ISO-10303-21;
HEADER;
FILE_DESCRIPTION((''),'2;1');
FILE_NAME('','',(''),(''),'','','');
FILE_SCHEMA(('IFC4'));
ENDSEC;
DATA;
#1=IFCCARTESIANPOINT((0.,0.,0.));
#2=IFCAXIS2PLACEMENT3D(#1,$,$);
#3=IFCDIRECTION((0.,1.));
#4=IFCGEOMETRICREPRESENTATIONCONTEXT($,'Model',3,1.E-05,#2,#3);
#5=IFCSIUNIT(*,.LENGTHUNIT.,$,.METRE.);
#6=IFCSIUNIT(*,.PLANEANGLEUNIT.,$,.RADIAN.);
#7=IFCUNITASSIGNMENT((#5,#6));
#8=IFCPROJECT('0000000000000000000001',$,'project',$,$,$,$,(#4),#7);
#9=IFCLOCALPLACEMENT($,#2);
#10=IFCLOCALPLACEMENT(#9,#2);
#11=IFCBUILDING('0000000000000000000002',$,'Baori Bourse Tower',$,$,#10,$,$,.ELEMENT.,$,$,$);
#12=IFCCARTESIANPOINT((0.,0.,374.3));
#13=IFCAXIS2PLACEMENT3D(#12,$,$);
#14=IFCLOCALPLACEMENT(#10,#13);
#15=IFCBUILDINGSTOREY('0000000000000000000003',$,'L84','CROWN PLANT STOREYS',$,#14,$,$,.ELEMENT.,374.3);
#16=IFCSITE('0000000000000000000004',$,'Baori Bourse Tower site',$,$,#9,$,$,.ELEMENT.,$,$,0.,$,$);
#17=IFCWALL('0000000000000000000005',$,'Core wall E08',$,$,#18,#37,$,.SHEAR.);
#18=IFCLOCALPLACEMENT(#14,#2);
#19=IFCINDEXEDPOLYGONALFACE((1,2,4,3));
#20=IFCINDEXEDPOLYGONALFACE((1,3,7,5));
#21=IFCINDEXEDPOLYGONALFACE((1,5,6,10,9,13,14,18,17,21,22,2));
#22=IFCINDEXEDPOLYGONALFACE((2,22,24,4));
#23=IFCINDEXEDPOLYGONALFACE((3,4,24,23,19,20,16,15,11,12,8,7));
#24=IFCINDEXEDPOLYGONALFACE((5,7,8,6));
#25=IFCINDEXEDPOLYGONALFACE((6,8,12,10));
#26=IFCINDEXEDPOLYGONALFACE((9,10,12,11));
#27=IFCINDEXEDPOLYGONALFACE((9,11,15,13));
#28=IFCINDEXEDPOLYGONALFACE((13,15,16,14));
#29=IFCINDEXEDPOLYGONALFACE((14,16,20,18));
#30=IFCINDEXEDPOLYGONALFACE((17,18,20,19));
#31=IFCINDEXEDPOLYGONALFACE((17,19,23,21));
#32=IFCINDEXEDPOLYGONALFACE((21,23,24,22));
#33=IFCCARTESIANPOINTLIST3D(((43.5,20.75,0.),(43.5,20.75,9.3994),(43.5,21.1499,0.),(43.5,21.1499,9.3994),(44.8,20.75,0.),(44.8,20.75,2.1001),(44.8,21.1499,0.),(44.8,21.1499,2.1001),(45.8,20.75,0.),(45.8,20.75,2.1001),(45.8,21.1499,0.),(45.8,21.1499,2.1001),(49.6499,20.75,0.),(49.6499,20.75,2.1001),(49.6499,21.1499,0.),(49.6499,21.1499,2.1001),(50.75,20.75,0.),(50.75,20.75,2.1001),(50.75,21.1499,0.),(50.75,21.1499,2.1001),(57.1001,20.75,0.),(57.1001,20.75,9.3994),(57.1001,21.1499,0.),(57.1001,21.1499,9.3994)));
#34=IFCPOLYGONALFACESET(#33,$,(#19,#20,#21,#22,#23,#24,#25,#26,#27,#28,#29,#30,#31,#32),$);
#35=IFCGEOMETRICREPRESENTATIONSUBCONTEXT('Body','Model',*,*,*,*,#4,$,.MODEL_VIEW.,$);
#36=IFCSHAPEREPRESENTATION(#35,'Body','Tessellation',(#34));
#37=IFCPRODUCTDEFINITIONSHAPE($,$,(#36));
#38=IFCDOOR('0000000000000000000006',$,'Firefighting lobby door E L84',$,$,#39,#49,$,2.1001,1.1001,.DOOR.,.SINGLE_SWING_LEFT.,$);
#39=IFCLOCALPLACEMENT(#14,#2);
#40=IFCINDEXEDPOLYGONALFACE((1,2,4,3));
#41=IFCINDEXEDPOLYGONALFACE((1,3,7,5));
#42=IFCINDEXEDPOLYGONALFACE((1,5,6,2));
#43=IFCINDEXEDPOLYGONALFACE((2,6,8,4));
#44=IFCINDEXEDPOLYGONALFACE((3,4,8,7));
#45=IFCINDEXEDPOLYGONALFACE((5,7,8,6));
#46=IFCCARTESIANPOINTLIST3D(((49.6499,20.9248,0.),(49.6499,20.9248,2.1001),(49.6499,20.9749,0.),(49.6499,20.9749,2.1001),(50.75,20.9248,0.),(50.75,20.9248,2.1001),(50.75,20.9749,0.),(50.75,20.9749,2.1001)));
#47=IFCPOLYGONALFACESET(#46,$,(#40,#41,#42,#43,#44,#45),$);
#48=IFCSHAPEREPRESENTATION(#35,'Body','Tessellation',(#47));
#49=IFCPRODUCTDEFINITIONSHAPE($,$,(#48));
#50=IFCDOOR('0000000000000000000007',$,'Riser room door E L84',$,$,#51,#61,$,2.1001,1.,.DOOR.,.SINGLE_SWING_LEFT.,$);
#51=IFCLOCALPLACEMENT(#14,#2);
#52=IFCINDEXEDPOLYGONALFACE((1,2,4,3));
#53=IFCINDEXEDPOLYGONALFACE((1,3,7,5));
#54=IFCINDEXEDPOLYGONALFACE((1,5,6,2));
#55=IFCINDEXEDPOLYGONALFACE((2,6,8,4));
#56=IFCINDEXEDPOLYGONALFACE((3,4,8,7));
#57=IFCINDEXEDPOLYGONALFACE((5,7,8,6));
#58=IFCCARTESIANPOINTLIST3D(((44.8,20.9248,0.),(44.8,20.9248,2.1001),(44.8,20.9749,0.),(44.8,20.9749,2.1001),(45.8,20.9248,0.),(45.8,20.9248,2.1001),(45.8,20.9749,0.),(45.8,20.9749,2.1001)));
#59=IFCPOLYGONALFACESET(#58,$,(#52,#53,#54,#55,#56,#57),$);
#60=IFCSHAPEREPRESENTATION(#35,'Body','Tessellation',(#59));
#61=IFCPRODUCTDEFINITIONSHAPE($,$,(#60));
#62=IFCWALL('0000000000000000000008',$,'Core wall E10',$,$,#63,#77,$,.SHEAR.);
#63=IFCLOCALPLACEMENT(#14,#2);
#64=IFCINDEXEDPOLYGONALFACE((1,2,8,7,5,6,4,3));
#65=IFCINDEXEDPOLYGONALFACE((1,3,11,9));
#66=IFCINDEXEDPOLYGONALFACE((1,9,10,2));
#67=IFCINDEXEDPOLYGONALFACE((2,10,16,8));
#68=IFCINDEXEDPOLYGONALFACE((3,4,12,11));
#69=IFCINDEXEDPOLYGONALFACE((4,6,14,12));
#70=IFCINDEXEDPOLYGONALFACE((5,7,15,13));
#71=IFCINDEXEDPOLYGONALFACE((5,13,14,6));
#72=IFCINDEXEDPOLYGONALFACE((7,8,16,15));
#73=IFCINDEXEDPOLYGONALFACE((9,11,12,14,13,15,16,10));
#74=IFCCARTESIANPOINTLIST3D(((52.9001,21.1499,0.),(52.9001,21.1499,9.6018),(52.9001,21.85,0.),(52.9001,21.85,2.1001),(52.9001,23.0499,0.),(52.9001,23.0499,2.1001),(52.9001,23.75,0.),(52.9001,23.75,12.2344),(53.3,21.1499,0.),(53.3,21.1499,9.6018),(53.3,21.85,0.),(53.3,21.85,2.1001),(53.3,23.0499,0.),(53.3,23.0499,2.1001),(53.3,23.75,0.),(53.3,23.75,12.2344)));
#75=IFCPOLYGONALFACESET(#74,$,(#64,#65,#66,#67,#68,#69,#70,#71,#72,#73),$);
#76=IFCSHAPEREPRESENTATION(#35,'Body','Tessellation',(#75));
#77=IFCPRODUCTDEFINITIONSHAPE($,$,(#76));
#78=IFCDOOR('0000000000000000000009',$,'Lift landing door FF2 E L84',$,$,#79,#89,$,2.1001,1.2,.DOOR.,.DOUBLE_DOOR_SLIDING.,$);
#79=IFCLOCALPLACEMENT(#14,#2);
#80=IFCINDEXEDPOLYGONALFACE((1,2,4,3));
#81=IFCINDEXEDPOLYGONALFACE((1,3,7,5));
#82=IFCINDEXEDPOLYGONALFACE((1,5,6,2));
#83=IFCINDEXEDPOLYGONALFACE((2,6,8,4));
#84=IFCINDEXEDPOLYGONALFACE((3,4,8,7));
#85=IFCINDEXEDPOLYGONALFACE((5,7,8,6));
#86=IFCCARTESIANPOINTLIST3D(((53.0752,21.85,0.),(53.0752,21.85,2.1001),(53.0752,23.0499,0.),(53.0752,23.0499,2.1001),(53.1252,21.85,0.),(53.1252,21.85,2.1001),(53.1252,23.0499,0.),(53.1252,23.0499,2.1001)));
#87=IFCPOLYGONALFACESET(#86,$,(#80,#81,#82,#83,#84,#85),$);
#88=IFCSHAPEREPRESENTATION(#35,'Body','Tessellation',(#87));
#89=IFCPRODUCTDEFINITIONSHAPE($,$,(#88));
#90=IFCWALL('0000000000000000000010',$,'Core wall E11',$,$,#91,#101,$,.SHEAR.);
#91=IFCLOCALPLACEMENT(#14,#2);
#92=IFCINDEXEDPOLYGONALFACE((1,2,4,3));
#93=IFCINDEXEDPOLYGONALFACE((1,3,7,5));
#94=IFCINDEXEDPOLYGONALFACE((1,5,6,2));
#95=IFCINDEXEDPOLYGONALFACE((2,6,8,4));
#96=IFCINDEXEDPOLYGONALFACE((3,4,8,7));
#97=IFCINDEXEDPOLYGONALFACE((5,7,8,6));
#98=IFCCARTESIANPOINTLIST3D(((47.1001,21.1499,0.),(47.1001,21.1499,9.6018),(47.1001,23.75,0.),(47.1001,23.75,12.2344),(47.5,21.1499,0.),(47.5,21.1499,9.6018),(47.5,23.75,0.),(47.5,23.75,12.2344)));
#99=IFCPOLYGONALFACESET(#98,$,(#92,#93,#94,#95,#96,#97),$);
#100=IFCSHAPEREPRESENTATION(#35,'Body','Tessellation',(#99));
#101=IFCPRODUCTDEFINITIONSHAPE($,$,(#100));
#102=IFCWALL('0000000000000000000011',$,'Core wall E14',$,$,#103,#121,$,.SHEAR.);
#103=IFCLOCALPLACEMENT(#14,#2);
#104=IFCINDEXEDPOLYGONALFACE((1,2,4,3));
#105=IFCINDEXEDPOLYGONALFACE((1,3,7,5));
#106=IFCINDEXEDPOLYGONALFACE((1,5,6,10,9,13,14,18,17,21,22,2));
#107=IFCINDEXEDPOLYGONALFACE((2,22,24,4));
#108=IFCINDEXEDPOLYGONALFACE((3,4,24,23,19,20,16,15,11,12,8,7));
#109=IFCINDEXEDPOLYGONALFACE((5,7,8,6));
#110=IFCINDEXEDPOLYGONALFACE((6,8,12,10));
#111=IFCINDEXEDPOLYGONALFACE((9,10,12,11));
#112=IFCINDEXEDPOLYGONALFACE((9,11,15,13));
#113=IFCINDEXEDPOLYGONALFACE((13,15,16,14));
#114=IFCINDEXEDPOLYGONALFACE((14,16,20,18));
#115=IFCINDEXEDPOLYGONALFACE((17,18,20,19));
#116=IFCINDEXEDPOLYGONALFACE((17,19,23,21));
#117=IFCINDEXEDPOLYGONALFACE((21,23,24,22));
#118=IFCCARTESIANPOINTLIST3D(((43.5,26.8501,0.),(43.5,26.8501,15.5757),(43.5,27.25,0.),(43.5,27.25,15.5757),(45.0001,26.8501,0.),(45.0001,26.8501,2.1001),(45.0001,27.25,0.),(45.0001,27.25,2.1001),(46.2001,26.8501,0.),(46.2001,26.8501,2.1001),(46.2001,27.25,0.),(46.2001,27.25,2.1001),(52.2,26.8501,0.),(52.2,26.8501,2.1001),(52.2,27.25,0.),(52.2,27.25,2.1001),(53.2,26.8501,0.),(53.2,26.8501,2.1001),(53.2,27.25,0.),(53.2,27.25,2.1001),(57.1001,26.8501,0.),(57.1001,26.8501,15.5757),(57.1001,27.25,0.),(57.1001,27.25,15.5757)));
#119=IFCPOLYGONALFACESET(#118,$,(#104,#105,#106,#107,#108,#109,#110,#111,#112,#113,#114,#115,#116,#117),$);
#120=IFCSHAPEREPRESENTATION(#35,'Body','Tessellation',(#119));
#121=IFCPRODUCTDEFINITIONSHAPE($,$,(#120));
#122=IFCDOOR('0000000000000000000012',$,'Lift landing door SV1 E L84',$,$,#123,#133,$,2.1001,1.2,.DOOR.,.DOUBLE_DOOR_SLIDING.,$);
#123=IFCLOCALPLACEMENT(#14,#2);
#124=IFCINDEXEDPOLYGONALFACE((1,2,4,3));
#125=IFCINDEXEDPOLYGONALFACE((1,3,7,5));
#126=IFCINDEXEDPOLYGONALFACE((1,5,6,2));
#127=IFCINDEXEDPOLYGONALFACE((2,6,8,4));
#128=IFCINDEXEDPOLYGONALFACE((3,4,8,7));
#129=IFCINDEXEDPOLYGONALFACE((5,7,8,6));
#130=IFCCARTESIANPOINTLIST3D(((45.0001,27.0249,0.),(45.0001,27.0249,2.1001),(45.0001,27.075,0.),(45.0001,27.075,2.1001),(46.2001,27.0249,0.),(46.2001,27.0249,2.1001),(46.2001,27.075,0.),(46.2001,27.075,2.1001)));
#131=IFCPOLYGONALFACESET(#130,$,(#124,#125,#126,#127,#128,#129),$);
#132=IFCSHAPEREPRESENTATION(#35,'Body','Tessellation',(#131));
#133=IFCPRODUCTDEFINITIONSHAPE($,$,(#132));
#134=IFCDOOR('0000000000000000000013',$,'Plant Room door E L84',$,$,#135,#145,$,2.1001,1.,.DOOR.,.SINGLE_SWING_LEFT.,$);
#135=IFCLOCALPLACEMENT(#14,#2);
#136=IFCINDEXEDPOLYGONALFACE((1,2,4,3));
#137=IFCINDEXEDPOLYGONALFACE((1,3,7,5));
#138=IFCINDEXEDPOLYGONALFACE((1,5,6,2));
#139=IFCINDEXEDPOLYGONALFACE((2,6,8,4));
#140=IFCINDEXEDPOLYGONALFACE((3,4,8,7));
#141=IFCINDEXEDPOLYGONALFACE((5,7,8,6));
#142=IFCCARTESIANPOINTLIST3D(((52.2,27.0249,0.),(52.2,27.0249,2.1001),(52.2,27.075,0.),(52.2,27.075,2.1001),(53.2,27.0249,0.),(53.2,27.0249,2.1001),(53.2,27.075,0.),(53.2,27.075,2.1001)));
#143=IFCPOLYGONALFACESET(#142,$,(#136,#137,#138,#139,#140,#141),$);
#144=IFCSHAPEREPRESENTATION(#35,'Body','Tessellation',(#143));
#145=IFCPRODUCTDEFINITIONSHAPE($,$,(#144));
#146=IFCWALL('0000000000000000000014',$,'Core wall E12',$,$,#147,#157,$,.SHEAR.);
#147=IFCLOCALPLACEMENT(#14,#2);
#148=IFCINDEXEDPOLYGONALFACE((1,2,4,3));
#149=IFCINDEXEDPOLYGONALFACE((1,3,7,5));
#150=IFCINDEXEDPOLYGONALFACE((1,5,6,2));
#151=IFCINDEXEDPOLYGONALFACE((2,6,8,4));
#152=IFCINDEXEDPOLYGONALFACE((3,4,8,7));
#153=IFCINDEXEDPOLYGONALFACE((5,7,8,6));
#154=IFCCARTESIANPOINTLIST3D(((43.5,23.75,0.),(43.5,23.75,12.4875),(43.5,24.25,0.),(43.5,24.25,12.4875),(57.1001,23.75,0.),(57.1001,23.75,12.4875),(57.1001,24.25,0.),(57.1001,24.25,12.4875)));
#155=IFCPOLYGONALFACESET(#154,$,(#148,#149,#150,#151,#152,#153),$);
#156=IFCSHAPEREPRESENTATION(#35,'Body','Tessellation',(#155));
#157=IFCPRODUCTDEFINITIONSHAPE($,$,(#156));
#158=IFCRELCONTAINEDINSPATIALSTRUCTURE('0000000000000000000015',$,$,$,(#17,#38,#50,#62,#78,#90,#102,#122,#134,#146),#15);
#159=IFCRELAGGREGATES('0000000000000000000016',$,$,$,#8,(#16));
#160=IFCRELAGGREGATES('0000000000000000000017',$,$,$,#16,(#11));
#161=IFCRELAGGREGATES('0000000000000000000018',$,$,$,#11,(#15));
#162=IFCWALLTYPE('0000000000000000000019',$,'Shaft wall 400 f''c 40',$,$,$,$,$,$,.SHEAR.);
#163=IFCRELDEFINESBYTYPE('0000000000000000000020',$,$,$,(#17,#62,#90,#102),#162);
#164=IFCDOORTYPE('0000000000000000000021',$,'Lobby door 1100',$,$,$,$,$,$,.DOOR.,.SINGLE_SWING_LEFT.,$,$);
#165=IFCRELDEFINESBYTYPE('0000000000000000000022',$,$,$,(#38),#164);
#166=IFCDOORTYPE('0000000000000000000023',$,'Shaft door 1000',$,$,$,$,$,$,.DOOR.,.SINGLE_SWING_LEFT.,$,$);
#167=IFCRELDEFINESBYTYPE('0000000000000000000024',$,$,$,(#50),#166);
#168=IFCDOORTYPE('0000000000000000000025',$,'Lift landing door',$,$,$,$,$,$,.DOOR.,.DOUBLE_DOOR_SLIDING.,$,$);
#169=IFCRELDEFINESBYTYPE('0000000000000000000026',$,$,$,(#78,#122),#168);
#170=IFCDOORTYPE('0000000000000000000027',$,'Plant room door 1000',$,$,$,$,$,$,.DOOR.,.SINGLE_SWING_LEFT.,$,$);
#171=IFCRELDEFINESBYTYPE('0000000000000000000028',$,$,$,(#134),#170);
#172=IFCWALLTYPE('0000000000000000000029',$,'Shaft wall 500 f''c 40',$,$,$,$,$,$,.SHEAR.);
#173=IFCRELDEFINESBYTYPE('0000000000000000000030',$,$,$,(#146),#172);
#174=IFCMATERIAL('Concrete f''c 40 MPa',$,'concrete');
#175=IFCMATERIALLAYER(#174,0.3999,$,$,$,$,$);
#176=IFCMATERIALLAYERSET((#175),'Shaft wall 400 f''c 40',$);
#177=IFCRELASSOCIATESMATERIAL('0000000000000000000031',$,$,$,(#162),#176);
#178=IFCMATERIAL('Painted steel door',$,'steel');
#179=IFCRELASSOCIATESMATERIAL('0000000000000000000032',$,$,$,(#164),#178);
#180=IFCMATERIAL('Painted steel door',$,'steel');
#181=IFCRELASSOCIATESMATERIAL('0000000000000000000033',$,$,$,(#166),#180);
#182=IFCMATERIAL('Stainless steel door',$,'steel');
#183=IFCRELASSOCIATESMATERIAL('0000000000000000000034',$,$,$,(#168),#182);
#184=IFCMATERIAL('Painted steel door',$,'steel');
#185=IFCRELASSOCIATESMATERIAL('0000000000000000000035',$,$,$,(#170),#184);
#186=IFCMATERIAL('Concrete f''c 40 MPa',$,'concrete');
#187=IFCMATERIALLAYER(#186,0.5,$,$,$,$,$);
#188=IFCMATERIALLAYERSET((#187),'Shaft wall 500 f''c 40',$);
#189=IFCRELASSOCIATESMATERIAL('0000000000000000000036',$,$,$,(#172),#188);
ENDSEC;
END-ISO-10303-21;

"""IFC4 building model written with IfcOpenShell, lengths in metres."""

from ifc_helpers import new_model, si_unit, direction, frame, frame_2d, origin, place, context, subcontext, project, spatial, polyline, rectangle, outline, extrude, material, layer, layer_set, type_object, element, fill, save


model = new_model("IFC4")

# Units and contexts
model_context = context("Model", 3, precision=1e-05, world=origin(), true_north=direction((0.0, 1.0)))
body_context = subcontext(model_context, "Body", "Model", "MODEL_VIEW")
ifc_project = project(units=[si_unit("LENGTHUNIT", "METRE"), si_unit("PLANEANGLEUNIT", "RADIAN")], contexts=[model_context])

# Site, building, storey
site_placement = place(None, origin())
site = spatial("IfcSite", under=ifc_project, at=site_placement, Name="Baori Bourse Tower site", CompositionType="ELEMENT", RefElevation=0.0)
building_placement = place(site_placement, origin())
building = spatial("IfcBuilding", under=site, at=building_placement, Name="Baori Bourse Tower", CompositionType="ELEMENT")
storey_placement = place(building_placement, frame((0.0, 0.0, 374.3)))
storey = spatial("IfcBuildingStorey", under=building, at=storey_placement, Name="L84", Description="CROWN PLANT STOREYS", CompositionType="ELEMENT", Elevation=374.3)

# Wall, openings, doors
ifc_material_1 = material(Name="Concrete f'c 40 MPa", Category="concrete")
ifc_layer_1 = layer(ifc_material_1, 0.3999)
ifc_layer_set_1 = layer_set([ifc_layer_1], Name="Shaft wall 400 f'c 40")
wall_type_1 = type_object("IfcWallType", Name="Shaft wall 400 f'c 40", PredefinedType="SHEAR", material=ifc_layer_set_1)
wall_1_placement = place(storey_placement, frame((43.5, 20.95, 0.0), z_axis=(0.0, 0.0, 1.0), x_axis=(1.0, 0.0, 0.0)))
wall_1 = element("IfcWall", 1, at=wall_1_placement, inside=storey, type_object=wall_type_1, Name="Core wall E08", PredefinedType="SHEAR", context=body_context, shape_type="SweptSolid", body=[
    extrude(outline(polyline([(0.0, 0.0), (13.6001, 0.0), (13.6001, 9.3994), (0.0, 9.3994), (0.0, 0.0)])), frame((0.0, 0.2, 0.0), z_axis=(0.0, -1.0, 0.0), x_axis=(1.0, 0.0, 0.0)), (0.0, 0.0, 1.0), 0.3999),
])
opening_1_placement = place(wall_1_placement, frame((6.1499, 0.0, 0.0)))
opening_1 = element("IfcOpeningElement", 2, at=opening_1_placement, cuts=wall_1, PredefinedType="OPENING", context=body_context, shape_type="SweptSolid", body=[
    extrude(rectangle(XDim=1.1001, YDim=2.1001, at=frame_2d((0.55, 1.05))), frame((0.0, 0.21, 0.0), z_axis=(0.0, -1.0, 0.0), x_axis=(1.0, 0.0, 0.0)), (0.0, 0.0, 1.0), 0.4199),
])
opening_2_placement = place(wall_1_placement, frame((1.3, 0.0, 0.0)))
opening_2 = element("IfcOpeningElement", 3, at=opening_2_placement, cuts=wall_1, PredefinedType="OPENING", context=body_context, shape_type="SweptSolid", body=[
    extrude(rectangle(XDim=1.0, YDim=2.1001, at=frame_2d((0.5, 1.05))), frame((0.0, 0.21, 0.0), z_axis=(0.0, -1.0, 0.0), x_axis=(1.0, 0.0, 0.0)), (0.0, 0.0, 1.0), 0.4199),
])
ifc_material_2 = material(Name="Painted steel door", Category="steel")
door_type_1 = type_object("IfcDoorType", Name="Lobby door 1100", OperationType="SINGLE_SWING_LEFT", PredefinedType="DOOR", material=ifc_material_2)
door_1_placement = place(opening_1_placement, origin())
door_1 = element("IfcDoor", 4, at=door_1_placement, inside=storey, type_object=door_type_1, Name="Firefighting lobby door E L84", OperationType="SINGLE_SWING_LEFT", OverallHeight=2.1001, OverallWidth=1.1001, PredefinedType="DOOR", context=body_context, shape_type="SweptSolid", body=[
    extrude(rectangle(XDim=1.1001, YDim=2.1001, at=frame_2d((0.55, 1.05))), frame((0.0, 0.0249, 0.0), z_axis=(0.0, -1.0, 0.0), x_axis=(1.0, 0.0, 0.0)), (0.0, 0.0, 1.0), 0.05),
])
fill(opening_1, door_1)
ifc_material_3 = material(Name="Painted steel door", Category="steel")
door_type_2 = type_object("IfcDoorType", Name="Shaft door 1000", OperationType="SINGLE_SWING_LEFT", PredefinedType="DOOR", material=ifc_material_3)
door_2_placement = place(opening_2_placement, origin())
door_2 = element("IfcDoor", 5, at=door_2_placement, inside=storey, type_object=door_type_2, Name="Riser room door E L84", OperationType="SINGLE_SWING_LEFT", OverallHeight=2.1001, OverallWidth=1.0, PredefinedType="DOOR", context=body_context, shape_type="SweptSolid", body=[
    extrude(rectangle(XDim=1.0, YDim=2.1001, at=frame_2d((0.5, 1.05))), frame((0.0, 0.0249, 0.0), z_axis=(0.0, -1.0, 0.0), x_axis=(1.0, 0.0, 0.0)), (0.0, 0.0, 1.0), 0.05),
])
fill(opening_2, door_2)

# Wall, opening, door
wall_2_placement = place(storey_placement, frame((53.1001, 21.1499, 0.0), z_axis=(0.0, 0.0, 1.0), x_axis=(0.0, 1.0, 0.0)))
wall_2 = element("IfcWall", 6, at=wall_2_placement, inside=storey, type_object=wall_type_1, Name="Core wall E10", PredefinedType="SHEAR", context=body_context, shape_type="SweptSolid", body=[
    extrude(outline(polyline([(0.0, 0.0), (2.6001, 0.0), (2.6001, 12.2344), (0.0, 9.6018), (0.0, 0.0)])), frame((0.0, 0.2, 0.0), z_axis=(0.0, -1.0, 0.0), x_axis=(1.0, 0.0, 0.0)), (0.0, 0.0, 1.0), 0.3999),
])
opening_3_placement = place(wall_2_placement, frame((0.7, 0.0, 0.0)))
opening_3 = element("IfcOpeningElement", 7, at=opening_3_placement, cuts=wall_2, PredefinedType="OPENING", context=body_context, shape_type="SweptSolid", body=[
    extrude(rectangle(XDim=1.2, YDim=2.1001, at=frame_2d((0.6001, 1.05))), frame((0.0, 0.21, 0.0), z_axis=(0.0, -1.0, 0.0), x_axis=(1.0, 0.0, 0.0)), (0.0, 0.0, 1.0), 0.4199),
])
ifc_material_4 = material(Name="Stainless steel door", Category="steel")
door_type_3 = type_object("IfcDoorType", Name="Lift landing door", OperationType="DOUBLE_DOOR_SLIDING", PredefinedType="DOOR", material=ifc_material_4)
door_3_placement = place(opening_3_placement, origin())
door_3 = element("IfcDoor", 8, at=door_3_placement, inside=storey, type_object=door_type_3, Name="Lift landing door FF2 E L84", OperationType="DOUBLE_DOOR_SLIDING", OverallHeight=2.1001, OverallWidth=1.2, PredefinedType="DOOR", context=body_context, shape_type="SweptSolid", body=[
    extrude(rectangle(XDim=1.2, YDim=2.1001, at=frame_2d((0.6001, 1.05))), frame((0.0, 0.0249, 0.0), z_axis=(0.0, -1.0, 0.0), x_axis=(1.0, 0.0, 0.0)), (0.0, 0.0, 1.0), 0.05),
])
fill(opening_3, door_3)

# Wall
wall_3_placement = place(storey_placement, frame((47.3, 21.1499, 0.0), z_axis=(0.0, 0.0, 1.0), x_axis=(0.0, 1.0, 0.0)))
element("IfcWall", 9, at=wall_3_placement, inside=storey, type_object=wall_type_1, Name="Core wall E11", PredefinedType="SHEAR", context=body_context, shape_type="SweptSolid", body=[
    extrude(outline(polyline([(0.0, 0.0), (2.6001, 0.0), (2.6001, 12.2344), (0.0, 9.6018), (0.0, 0.0)])), frame((0.0, 0.2, 0.0), z_axis=(0.0, -1.0, 0.0), x_axis=(1.0, 0.0, 0.0)), (0.0, 0.0, 1.0), 0.3999),
])

# Wall, openings, doors
wall_4_placement = place(storey_placement, frame((43.5, 27.05, 0.0), z_axis=(0.0, 0.0, 1.0), x_axis=(1.0, 0.0, 0.0)))
wall_4 = element("IfcWall", 10, at=wall_4_placement, inside=storey, type_object=wall_type_1, Name="Core wall E14", PredefinedType="SHEAR", context=body_context, shape_type="SweptSolid", body=[
    extrude(outline(polyline([(0.0, 0.0), (13.6001, 0.0), (13.6001, 15.5757), (0.0, 15.5757), (0.0, 0.0)])), frame((0.0, 0.2, 0.0), z_axis=(0.0, -1.0, 0.0), x_axis=(1.0, 0.0, 0.0)), (0.0, 0.0, 1.0), 0.3999),
])
opening_4_placement = place(wall_4_placement, frame((8.7, 0.0, 0.0)))
opening_4 = element("IfcOpeningElement", 11, at=opening_4_placement, cuts=wall_4, PredefinedType="OPENING", context=body_context, shape_type="SweptSolid", body=[
    extrude(rectangle(XDim=1.0, YDim=2.1001, at=frame_2d((0.5, 1.05))), frame((0.0, 0.21, 0.0), z_axis=(0.0, -1.0, 0.0), x_axis=(1.0, 0.0, 0.0)), (0.0, 0.0, 1.0), 0.4199),
])
opening_5_placement = place(wall_4_placement, frame((1.5, 0.0, 0.0)))
opening_5 = element("IfcOpeningElement", 12, at=opening_5_placement, cuts=wall_4, PredefinedType="OPENING", context=body_context, shape_type="SweptSolid", body=[
    extrude(rectangle(XDim=1.2, YDim=2.1001, at=frame_2d((0.6001, 1.05))), frame((0.0, 0.21, 0.0), z_axis=(0.0, -1.0, 0.0), x_axis=(1.0, 0.0, 0.0)), (0.0, 0.0, 1.0), 0.4199),
])
door_4_placement = place(opening_5_placement, origin())
door_4 = element("IfcDoor", 13, at=door_4_placement, inside=storey, type_object=door_type_3, Name="Lift landing door SV1 E L84", OperationType="DOUBLE_DOOR_SLIDING", OverallHeight=2.1001, OverallWidth=1.2, PredefinedType="DOOR", context=body_context, shape_type="SweptSolid", body=[
    extrude(rectangle(XDim=1.2, YDim=2.1001, at=frame_2d((0.6001, 1.05))), frame((0.0, 0.0249, 0.0), z_axis=(0.0, -1.0, 0.0), x_axis=(1.0, 0.0, 0.0)), (0.0, 0.0, 1.0), 0.05),
])
fill(opening_5, door_4)
ifc_material_5 = material(Name="Painted steel door", Category="steel")
door_type_4 = type_object("IfcDoorType", Name="Plant room door 1000", OperationType="SINGLE_SWING_LEFT", PredefinedType="DOOR", material=ifc_material_5)
door_5_placement = place(opening_4_placement, origin())
door_5 = element("IfcDoor", 14, at=door_5_placement, inside=storey, type_object=door_type_4, Name="Plant Room door E L84", OperationType="SINGLE_SWING_LEFT", OverallHeight=2.1001, OverallWidth=1.0, PredefinedType="DOOR", context=body_context, shape_type="SweptSolid", body=[
    extrude(rectangle(XDim=1.0, YDim=2.1001, at=frame_2d((0.5, 1.05))), frame((0.0, 0.0249, 0.0), z_axis=(0.0, -1.0, 0.0), x_axis=(1.0, 0.0, 0.0)), (0.0, 0.0, 1.0), 0.05),
])
fill(opening_4, door_5)

# Wall
ifc_material_6 = material(Name="Concrete f'c 40 MPa", Category="concrete")
ifc_layer_2 = layer(ifc_material_6, 0.5)
ifc_layer_set_2 = layer_set([ifc_layer_2], Name="Shaft wall 500 f'c 40")
wall_type_2 = type_object("IfcWallType", Name="Shaft wall 500 f'c 40", PredefinedType="SHEAR", material=ifc_layer_set_2)
wall_5_placement = place(storey_placement, frame((43.5, 24.0, 0.0), z_axis=(0.0, 0.0, 1.0), x_axis=(1.0, 0.0, 0.0)))
element("IfcWall", 15, at=wall_5_placement, inside=storey, type_object=wall_type_2, Name="Core wall E12", PredefinedType="SHEAR", context=body_context, shape_type="SweptSolid", body=[
    extrude(outline(polyline([(0.0, 0.0), (13.6001, 0.0), (13.6001, 12.4875), (0.0, 12.4875), (0.0, 0.0)])), frame((0.0, 0.25, 0.0), z_axis=(0.0, -1.0, 0.0), x_axis=(1.0, 0.0, 0.0)), (0.0, 0.0, 1.0), 0.5),
])

save(model, "model.ifc")
